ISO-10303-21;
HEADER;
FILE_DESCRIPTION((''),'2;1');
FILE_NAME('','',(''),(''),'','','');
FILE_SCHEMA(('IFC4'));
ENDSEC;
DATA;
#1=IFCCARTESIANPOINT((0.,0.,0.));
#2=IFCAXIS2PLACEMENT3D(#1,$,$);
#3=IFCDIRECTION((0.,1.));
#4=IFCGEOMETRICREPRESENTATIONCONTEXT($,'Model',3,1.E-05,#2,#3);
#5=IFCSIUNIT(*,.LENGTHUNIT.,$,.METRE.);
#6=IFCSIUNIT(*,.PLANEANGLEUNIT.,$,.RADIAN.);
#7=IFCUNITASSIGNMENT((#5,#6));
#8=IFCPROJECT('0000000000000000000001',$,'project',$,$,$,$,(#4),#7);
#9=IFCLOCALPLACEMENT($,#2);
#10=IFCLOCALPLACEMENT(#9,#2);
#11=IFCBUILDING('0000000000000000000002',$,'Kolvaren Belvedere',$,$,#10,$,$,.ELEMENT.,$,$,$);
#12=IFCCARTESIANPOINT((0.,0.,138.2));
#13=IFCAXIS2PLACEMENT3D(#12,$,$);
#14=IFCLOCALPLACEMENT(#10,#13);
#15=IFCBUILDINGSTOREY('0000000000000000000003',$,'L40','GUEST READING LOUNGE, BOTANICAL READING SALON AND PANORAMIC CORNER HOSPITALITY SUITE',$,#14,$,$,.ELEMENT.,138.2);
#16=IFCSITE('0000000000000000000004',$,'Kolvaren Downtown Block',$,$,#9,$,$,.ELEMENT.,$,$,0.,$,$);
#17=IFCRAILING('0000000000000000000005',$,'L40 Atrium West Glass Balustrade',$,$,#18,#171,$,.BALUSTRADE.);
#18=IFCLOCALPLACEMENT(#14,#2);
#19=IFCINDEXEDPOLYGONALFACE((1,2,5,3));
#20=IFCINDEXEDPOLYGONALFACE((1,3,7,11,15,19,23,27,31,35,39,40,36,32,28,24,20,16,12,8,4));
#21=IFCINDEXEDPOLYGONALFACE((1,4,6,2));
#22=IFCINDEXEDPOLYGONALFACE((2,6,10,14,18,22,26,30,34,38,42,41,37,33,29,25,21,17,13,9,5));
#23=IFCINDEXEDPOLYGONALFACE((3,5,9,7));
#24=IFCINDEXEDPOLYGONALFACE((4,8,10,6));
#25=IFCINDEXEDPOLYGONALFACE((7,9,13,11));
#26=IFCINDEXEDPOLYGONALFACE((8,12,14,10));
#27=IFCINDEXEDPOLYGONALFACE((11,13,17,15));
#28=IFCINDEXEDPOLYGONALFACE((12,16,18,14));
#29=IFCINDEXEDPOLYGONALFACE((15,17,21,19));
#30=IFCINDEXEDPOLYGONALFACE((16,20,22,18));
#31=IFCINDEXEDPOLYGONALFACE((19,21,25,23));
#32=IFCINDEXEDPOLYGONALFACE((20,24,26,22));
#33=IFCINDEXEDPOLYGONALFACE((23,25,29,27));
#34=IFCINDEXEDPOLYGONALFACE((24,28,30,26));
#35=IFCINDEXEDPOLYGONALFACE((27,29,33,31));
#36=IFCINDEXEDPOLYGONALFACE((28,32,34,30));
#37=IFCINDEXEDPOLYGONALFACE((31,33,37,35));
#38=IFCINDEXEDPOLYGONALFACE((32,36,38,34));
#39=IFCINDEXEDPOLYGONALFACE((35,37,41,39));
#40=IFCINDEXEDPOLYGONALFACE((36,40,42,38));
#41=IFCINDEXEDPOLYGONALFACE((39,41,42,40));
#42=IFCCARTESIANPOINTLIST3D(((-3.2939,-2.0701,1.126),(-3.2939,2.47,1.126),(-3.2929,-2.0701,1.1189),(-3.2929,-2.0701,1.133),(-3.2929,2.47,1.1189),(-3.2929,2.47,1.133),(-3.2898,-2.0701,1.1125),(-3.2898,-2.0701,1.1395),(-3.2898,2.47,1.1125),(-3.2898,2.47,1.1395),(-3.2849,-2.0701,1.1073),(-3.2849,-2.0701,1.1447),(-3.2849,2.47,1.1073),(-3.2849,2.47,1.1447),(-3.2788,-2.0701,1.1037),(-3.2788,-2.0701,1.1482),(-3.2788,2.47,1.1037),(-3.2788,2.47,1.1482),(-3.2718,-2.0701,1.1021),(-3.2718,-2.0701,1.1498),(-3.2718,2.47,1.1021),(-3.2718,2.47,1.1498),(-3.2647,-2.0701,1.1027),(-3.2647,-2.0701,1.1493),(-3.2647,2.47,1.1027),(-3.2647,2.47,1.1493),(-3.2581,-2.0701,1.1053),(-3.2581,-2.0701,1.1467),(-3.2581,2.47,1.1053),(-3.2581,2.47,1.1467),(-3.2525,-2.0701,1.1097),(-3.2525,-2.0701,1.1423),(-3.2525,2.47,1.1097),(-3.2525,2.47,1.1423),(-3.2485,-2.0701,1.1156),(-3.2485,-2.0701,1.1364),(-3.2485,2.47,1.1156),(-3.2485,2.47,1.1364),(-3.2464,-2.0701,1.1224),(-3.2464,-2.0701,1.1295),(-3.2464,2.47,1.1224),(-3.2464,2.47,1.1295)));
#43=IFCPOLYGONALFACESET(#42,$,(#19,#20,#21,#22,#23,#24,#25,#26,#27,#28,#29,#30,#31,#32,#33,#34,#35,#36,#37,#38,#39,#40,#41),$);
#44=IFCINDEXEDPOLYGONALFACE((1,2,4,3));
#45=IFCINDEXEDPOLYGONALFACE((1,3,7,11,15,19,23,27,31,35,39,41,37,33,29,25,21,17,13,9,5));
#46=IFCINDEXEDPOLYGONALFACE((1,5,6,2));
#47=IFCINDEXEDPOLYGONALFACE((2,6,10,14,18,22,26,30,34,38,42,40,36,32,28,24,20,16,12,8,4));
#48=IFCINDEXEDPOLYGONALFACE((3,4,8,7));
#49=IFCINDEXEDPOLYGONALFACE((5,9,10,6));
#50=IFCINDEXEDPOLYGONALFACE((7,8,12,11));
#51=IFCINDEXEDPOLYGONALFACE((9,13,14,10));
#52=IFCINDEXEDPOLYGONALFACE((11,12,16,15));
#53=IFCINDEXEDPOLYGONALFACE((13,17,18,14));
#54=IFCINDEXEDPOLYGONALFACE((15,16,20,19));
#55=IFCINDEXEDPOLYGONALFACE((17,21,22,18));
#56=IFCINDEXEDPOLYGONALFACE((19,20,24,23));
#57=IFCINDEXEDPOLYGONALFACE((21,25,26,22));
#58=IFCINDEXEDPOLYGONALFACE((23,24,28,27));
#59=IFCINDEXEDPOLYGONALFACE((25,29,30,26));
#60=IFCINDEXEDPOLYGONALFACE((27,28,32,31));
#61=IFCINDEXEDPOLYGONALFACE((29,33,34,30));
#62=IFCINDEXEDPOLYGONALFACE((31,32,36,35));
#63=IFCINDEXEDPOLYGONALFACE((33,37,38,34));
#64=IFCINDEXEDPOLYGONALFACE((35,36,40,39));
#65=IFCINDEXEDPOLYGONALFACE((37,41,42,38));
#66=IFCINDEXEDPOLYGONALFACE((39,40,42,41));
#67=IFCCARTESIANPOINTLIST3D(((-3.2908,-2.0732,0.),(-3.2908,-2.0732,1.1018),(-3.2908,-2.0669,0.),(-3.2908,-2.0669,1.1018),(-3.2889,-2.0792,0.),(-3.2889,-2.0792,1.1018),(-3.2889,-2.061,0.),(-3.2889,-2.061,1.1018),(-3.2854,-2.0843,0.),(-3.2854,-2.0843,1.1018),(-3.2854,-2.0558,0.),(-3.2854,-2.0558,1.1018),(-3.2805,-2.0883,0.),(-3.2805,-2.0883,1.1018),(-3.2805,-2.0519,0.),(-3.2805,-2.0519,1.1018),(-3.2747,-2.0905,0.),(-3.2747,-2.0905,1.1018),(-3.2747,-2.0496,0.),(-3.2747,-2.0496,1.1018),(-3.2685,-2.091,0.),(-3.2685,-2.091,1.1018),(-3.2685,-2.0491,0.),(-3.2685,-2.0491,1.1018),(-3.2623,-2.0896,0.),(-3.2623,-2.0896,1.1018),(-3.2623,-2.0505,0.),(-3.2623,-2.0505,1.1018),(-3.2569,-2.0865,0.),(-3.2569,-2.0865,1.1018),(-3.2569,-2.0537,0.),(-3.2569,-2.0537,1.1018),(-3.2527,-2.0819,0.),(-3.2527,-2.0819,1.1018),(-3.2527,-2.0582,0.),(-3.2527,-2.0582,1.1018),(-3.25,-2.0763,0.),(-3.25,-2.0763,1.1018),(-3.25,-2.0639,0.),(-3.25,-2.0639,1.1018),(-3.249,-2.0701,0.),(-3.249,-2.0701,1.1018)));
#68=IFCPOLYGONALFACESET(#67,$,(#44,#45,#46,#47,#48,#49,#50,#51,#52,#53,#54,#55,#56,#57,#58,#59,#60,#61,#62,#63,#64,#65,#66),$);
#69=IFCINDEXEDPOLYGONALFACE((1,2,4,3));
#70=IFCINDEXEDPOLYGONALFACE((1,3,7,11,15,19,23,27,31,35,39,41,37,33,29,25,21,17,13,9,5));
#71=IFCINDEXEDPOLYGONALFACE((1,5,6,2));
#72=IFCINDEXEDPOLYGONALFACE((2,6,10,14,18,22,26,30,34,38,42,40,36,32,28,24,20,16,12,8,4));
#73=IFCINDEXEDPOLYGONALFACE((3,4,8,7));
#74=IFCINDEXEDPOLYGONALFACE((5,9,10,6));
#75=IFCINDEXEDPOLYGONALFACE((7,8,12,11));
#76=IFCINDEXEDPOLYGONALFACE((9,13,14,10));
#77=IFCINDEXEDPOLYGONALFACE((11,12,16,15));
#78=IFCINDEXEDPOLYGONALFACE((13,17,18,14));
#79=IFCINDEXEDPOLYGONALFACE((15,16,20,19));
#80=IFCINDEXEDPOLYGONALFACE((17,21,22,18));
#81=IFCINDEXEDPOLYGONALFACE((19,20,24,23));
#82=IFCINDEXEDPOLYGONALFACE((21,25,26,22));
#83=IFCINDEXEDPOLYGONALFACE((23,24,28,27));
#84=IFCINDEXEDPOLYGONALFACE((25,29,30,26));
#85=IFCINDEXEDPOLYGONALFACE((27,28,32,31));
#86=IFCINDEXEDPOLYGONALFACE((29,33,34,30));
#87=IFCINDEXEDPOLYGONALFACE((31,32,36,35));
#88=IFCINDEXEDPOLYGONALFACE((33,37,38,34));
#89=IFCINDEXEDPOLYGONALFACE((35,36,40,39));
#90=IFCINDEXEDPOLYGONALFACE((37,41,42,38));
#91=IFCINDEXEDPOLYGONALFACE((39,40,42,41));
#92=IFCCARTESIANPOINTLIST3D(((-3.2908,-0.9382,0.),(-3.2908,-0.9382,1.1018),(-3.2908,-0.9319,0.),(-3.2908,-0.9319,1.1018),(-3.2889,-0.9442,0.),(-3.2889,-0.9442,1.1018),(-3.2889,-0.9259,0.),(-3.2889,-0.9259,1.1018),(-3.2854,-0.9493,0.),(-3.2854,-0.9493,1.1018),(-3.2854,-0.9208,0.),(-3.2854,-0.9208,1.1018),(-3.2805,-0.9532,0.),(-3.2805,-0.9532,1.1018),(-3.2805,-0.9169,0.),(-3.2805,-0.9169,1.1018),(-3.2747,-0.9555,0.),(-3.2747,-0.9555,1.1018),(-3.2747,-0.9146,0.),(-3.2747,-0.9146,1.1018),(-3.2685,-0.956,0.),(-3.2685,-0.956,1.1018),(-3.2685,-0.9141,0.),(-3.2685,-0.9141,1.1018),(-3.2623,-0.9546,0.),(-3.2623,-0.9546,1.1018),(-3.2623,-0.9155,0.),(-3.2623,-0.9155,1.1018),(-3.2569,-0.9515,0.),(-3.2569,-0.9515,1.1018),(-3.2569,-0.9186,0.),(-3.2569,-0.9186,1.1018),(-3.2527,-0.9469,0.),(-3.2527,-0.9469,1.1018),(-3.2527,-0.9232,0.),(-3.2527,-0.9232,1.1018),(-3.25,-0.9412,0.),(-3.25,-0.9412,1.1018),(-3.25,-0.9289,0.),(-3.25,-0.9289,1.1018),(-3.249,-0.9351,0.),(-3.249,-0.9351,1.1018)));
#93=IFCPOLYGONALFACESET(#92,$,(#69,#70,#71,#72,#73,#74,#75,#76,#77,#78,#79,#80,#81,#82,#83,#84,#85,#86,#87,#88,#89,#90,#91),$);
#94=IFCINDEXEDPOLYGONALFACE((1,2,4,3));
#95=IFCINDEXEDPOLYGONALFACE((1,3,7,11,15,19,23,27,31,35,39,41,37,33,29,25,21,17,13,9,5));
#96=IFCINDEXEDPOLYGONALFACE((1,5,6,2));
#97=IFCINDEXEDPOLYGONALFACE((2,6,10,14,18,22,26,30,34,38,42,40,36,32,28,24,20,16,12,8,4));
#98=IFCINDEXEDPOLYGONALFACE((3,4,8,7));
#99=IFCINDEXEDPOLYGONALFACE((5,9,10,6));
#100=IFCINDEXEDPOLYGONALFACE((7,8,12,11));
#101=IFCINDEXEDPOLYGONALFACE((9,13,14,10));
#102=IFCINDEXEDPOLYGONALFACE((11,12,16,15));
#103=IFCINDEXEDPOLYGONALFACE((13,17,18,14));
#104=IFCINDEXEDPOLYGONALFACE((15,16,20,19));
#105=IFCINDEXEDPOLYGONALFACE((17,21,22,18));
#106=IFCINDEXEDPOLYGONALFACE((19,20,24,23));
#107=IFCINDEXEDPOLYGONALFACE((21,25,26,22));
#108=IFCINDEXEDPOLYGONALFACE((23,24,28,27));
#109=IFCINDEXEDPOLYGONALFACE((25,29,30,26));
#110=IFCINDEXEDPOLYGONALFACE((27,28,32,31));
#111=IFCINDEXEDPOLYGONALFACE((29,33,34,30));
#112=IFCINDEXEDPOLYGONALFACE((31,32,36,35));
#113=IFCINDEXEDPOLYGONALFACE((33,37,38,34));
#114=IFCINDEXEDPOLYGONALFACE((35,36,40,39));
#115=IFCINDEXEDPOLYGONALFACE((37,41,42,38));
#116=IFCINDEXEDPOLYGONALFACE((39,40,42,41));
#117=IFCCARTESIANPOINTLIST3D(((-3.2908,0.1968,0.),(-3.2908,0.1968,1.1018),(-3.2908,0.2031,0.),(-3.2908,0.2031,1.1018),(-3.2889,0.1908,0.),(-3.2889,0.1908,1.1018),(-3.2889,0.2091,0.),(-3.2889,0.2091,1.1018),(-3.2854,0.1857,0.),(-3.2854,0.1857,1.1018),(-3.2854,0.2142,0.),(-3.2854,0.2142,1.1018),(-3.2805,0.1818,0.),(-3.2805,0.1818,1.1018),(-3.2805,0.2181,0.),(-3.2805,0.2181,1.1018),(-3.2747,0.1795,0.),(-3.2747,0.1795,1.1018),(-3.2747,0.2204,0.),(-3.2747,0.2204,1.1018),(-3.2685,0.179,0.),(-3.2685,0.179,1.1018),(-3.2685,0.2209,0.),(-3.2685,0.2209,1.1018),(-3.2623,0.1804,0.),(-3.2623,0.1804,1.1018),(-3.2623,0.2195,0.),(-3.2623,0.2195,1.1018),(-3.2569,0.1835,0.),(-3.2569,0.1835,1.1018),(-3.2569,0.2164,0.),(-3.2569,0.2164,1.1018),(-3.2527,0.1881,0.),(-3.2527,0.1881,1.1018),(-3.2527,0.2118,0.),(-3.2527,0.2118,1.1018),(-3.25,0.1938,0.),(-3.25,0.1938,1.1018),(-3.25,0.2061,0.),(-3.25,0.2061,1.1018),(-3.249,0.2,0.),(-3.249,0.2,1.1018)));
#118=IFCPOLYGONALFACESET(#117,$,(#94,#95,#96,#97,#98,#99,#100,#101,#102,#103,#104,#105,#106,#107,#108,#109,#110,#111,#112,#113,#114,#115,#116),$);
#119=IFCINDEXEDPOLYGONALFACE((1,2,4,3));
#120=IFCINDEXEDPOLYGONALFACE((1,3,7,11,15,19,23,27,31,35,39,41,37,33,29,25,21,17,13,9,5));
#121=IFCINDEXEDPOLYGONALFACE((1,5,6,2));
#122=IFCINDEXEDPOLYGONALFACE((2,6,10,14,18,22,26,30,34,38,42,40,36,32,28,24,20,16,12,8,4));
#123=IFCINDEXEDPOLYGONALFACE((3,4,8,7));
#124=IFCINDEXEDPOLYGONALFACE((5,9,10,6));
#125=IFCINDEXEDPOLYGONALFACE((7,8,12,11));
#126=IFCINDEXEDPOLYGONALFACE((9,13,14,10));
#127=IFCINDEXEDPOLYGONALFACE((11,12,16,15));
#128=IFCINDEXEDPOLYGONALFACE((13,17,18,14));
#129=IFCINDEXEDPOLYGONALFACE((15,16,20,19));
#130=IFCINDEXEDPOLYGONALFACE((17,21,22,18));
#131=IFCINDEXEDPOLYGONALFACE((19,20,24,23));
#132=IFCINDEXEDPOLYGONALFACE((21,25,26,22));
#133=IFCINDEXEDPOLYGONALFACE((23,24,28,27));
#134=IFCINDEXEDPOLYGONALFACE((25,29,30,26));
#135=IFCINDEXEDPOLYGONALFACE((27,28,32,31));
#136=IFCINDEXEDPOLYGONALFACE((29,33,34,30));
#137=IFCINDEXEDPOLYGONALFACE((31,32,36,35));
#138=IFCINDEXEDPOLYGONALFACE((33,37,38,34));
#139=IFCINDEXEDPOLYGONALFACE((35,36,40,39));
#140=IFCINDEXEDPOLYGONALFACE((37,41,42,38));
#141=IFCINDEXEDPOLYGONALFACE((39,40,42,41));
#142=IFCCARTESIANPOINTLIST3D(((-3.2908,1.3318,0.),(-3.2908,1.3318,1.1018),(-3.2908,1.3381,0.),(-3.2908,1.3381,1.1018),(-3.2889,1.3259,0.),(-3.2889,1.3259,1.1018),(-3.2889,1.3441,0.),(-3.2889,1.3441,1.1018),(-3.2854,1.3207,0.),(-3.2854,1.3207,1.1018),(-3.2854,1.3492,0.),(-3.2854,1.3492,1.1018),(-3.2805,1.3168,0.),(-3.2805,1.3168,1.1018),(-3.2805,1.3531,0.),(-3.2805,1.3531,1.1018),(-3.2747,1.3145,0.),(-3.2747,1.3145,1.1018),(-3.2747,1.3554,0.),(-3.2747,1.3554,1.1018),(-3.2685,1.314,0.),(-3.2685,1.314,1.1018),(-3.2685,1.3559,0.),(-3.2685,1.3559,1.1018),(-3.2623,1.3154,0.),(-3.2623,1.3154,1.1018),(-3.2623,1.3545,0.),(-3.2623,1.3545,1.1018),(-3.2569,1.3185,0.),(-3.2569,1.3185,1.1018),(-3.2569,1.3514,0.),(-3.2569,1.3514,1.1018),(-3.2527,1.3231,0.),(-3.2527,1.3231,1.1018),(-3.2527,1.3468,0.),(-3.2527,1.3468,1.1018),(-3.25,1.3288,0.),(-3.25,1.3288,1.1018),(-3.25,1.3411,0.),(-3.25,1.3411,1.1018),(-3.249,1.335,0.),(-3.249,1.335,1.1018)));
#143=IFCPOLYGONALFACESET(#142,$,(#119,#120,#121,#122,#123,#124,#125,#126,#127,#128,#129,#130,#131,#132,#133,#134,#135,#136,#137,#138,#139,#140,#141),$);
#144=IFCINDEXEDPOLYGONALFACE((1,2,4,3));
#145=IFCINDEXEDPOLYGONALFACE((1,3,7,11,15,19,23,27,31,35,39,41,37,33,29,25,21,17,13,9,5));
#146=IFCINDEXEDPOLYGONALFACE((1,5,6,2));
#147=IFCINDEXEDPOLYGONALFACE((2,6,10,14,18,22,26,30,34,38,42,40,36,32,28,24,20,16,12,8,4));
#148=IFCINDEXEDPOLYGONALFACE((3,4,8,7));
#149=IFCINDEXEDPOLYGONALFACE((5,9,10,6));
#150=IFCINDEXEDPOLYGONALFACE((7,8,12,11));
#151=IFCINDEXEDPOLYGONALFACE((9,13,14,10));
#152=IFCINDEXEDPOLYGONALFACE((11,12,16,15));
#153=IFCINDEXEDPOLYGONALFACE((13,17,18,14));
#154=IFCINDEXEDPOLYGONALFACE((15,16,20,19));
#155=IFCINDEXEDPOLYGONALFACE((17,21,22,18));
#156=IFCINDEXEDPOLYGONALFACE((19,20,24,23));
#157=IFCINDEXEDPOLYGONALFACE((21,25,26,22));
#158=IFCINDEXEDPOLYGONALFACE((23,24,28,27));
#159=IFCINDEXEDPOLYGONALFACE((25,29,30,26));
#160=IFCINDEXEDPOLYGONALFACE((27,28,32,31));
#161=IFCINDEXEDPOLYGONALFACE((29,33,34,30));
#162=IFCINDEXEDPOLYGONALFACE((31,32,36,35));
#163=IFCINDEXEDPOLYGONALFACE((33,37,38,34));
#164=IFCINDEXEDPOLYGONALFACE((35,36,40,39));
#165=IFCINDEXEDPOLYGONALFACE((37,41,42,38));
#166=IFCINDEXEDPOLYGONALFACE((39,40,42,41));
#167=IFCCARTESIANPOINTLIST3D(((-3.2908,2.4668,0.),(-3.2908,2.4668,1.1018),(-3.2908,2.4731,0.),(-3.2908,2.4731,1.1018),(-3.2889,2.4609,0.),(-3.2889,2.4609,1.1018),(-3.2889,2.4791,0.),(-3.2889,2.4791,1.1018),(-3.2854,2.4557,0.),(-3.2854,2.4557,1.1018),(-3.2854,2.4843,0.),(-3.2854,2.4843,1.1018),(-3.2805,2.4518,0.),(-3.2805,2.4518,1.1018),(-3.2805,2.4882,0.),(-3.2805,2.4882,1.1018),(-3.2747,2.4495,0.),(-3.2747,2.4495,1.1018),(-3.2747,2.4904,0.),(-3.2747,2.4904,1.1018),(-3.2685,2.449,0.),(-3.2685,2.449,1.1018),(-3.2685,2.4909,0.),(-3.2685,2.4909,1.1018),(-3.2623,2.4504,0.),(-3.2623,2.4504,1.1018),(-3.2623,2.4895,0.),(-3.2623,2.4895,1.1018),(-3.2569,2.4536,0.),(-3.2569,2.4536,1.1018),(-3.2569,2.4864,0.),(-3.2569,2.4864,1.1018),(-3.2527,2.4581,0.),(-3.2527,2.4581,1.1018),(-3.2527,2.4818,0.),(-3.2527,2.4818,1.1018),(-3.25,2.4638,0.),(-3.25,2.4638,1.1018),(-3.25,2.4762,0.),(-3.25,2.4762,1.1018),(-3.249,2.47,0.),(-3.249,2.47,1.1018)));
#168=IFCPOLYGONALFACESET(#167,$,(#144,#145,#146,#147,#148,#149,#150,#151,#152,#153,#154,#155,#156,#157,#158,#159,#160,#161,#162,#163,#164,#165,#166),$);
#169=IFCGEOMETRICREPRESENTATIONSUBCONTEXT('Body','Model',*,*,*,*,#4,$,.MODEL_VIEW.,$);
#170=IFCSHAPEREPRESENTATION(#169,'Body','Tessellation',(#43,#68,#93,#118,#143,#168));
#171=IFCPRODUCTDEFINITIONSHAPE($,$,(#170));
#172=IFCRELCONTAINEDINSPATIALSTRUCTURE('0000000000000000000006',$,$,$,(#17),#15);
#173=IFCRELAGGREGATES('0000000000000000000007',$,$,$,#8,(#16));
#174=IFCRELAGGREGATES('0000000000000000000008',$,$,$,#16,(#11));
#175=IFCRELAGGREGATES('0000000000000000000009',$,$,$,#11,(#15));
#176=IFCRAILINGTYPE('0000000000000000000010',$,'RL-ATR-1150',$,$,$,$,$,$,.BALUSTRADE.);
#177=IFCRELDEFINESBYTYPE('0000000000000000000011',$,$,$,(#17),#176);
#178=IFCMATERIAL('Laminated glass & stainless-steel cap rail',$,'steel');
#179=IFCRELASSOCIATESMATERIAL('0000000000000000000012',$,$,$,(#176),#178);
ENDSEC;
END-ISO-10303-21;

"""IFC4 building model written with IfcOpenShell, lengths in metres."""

from ifc_helpers import new_model, si_unit, direction, frame, origin, origin_2d, place, context, subcontext, project, spatial, circle, extrude, material, type_object, element, save


model = new_model("IFC4")

# Units and contexts
model_context = context("Model", 3, precision=1e-05, world=origin(), true_north=direction((0.0, 1.0)))
body_context = subcontext(model_context, "Body", "Model", "MODEL_VIEW")
ifc_project = project(units=[si_unit("LENGTHUNIT", "METRE"), si_unit("PLANEANGLEUNIT", "RADIAN")], contexts=[model_context])

# Site, building, storey
site_placement = place(None, origin())
site = spatial("IfcSite", under=ifc_project, at=site_placement, Name="Kolvaren Downtown Block", CompositionType="ELEMENT", RefElevation=0.0)
building_placement = place(site_placement, origin())
building = spatial("IfcBuilding", under=site, at=building_placement, Name="Kolvaren Belvedere", CompositionType="ELEMENT")
storey_placement = place(building_placement, frame((0.0, 0.0, 138.2)))
storey = spatial("IfcBuildingStorey", under=building, at=storey_placement, Name="L40", Description="GUEST READING LOUNGE, BOTANICAL READING SALON AND PANORAMIC CORNER HOSPITALITY SUITE", CompositionType="ELEMENT", Elevation=138.2)

# Railing
ifc_material_1 = material(Name="Laminated glass & stainless-steel cap rail", Category="steel")
railing_type_1 = type_object("IfcRailingType", Name="RL-ATR-1150", PredefinedType="BALUSTRADE", material=ifc_material_1)
railing_1_placement = place(storey_placement, frame((-3.27, -2.0701, 0.0)))
element("IfcRailing", 1, at=railing_1_placement, inside=storey, type_object=railing_type_1, Name="L40 Atrium West Glass Balustrade", PredefinedType="BALUSTRADE", context=body_context, shape_type="SweptSolid", body=[
    extrude(circle(Radius=0.0239, at=origin_2d()), frame((0.0, 0.0, 1.126), z_axis=(0.0, 1.0, 0.0), x_axis=(-1.0, 0.0, 0.0)), (0.0, 0.0, 1.0), 4.54),
    extrude(circle(Radius=0.021, at=origin_2d()), origin(), (0.0, 0.0, 1.0), 1.1018),
    extrude(circle(Radius=0.021, at=origin_2d()), frame((0.0, 1.135, 0.0)), (0.0, 0.0, 1.0), 1.1018),
    extrude(circle(Radius=0.021, at=origin_2d()), frame((0.0, 2.27, 0.0)), (0.0, 0.0, 1.0), 1.1018),
    extrude(circle(Radius=0.021, at=origin_2d()), frame((0.0, 3.405, 0.0)), (0.0, 0.0, 1.0), 1.1018),
    extrude(circle(Radius=0.021, at=origin_2d()), frame((0.0, 4.54, 0.0)), (0.0, 0.0, 1.0), 1.1018),
])

save(model, "model.ifc")
